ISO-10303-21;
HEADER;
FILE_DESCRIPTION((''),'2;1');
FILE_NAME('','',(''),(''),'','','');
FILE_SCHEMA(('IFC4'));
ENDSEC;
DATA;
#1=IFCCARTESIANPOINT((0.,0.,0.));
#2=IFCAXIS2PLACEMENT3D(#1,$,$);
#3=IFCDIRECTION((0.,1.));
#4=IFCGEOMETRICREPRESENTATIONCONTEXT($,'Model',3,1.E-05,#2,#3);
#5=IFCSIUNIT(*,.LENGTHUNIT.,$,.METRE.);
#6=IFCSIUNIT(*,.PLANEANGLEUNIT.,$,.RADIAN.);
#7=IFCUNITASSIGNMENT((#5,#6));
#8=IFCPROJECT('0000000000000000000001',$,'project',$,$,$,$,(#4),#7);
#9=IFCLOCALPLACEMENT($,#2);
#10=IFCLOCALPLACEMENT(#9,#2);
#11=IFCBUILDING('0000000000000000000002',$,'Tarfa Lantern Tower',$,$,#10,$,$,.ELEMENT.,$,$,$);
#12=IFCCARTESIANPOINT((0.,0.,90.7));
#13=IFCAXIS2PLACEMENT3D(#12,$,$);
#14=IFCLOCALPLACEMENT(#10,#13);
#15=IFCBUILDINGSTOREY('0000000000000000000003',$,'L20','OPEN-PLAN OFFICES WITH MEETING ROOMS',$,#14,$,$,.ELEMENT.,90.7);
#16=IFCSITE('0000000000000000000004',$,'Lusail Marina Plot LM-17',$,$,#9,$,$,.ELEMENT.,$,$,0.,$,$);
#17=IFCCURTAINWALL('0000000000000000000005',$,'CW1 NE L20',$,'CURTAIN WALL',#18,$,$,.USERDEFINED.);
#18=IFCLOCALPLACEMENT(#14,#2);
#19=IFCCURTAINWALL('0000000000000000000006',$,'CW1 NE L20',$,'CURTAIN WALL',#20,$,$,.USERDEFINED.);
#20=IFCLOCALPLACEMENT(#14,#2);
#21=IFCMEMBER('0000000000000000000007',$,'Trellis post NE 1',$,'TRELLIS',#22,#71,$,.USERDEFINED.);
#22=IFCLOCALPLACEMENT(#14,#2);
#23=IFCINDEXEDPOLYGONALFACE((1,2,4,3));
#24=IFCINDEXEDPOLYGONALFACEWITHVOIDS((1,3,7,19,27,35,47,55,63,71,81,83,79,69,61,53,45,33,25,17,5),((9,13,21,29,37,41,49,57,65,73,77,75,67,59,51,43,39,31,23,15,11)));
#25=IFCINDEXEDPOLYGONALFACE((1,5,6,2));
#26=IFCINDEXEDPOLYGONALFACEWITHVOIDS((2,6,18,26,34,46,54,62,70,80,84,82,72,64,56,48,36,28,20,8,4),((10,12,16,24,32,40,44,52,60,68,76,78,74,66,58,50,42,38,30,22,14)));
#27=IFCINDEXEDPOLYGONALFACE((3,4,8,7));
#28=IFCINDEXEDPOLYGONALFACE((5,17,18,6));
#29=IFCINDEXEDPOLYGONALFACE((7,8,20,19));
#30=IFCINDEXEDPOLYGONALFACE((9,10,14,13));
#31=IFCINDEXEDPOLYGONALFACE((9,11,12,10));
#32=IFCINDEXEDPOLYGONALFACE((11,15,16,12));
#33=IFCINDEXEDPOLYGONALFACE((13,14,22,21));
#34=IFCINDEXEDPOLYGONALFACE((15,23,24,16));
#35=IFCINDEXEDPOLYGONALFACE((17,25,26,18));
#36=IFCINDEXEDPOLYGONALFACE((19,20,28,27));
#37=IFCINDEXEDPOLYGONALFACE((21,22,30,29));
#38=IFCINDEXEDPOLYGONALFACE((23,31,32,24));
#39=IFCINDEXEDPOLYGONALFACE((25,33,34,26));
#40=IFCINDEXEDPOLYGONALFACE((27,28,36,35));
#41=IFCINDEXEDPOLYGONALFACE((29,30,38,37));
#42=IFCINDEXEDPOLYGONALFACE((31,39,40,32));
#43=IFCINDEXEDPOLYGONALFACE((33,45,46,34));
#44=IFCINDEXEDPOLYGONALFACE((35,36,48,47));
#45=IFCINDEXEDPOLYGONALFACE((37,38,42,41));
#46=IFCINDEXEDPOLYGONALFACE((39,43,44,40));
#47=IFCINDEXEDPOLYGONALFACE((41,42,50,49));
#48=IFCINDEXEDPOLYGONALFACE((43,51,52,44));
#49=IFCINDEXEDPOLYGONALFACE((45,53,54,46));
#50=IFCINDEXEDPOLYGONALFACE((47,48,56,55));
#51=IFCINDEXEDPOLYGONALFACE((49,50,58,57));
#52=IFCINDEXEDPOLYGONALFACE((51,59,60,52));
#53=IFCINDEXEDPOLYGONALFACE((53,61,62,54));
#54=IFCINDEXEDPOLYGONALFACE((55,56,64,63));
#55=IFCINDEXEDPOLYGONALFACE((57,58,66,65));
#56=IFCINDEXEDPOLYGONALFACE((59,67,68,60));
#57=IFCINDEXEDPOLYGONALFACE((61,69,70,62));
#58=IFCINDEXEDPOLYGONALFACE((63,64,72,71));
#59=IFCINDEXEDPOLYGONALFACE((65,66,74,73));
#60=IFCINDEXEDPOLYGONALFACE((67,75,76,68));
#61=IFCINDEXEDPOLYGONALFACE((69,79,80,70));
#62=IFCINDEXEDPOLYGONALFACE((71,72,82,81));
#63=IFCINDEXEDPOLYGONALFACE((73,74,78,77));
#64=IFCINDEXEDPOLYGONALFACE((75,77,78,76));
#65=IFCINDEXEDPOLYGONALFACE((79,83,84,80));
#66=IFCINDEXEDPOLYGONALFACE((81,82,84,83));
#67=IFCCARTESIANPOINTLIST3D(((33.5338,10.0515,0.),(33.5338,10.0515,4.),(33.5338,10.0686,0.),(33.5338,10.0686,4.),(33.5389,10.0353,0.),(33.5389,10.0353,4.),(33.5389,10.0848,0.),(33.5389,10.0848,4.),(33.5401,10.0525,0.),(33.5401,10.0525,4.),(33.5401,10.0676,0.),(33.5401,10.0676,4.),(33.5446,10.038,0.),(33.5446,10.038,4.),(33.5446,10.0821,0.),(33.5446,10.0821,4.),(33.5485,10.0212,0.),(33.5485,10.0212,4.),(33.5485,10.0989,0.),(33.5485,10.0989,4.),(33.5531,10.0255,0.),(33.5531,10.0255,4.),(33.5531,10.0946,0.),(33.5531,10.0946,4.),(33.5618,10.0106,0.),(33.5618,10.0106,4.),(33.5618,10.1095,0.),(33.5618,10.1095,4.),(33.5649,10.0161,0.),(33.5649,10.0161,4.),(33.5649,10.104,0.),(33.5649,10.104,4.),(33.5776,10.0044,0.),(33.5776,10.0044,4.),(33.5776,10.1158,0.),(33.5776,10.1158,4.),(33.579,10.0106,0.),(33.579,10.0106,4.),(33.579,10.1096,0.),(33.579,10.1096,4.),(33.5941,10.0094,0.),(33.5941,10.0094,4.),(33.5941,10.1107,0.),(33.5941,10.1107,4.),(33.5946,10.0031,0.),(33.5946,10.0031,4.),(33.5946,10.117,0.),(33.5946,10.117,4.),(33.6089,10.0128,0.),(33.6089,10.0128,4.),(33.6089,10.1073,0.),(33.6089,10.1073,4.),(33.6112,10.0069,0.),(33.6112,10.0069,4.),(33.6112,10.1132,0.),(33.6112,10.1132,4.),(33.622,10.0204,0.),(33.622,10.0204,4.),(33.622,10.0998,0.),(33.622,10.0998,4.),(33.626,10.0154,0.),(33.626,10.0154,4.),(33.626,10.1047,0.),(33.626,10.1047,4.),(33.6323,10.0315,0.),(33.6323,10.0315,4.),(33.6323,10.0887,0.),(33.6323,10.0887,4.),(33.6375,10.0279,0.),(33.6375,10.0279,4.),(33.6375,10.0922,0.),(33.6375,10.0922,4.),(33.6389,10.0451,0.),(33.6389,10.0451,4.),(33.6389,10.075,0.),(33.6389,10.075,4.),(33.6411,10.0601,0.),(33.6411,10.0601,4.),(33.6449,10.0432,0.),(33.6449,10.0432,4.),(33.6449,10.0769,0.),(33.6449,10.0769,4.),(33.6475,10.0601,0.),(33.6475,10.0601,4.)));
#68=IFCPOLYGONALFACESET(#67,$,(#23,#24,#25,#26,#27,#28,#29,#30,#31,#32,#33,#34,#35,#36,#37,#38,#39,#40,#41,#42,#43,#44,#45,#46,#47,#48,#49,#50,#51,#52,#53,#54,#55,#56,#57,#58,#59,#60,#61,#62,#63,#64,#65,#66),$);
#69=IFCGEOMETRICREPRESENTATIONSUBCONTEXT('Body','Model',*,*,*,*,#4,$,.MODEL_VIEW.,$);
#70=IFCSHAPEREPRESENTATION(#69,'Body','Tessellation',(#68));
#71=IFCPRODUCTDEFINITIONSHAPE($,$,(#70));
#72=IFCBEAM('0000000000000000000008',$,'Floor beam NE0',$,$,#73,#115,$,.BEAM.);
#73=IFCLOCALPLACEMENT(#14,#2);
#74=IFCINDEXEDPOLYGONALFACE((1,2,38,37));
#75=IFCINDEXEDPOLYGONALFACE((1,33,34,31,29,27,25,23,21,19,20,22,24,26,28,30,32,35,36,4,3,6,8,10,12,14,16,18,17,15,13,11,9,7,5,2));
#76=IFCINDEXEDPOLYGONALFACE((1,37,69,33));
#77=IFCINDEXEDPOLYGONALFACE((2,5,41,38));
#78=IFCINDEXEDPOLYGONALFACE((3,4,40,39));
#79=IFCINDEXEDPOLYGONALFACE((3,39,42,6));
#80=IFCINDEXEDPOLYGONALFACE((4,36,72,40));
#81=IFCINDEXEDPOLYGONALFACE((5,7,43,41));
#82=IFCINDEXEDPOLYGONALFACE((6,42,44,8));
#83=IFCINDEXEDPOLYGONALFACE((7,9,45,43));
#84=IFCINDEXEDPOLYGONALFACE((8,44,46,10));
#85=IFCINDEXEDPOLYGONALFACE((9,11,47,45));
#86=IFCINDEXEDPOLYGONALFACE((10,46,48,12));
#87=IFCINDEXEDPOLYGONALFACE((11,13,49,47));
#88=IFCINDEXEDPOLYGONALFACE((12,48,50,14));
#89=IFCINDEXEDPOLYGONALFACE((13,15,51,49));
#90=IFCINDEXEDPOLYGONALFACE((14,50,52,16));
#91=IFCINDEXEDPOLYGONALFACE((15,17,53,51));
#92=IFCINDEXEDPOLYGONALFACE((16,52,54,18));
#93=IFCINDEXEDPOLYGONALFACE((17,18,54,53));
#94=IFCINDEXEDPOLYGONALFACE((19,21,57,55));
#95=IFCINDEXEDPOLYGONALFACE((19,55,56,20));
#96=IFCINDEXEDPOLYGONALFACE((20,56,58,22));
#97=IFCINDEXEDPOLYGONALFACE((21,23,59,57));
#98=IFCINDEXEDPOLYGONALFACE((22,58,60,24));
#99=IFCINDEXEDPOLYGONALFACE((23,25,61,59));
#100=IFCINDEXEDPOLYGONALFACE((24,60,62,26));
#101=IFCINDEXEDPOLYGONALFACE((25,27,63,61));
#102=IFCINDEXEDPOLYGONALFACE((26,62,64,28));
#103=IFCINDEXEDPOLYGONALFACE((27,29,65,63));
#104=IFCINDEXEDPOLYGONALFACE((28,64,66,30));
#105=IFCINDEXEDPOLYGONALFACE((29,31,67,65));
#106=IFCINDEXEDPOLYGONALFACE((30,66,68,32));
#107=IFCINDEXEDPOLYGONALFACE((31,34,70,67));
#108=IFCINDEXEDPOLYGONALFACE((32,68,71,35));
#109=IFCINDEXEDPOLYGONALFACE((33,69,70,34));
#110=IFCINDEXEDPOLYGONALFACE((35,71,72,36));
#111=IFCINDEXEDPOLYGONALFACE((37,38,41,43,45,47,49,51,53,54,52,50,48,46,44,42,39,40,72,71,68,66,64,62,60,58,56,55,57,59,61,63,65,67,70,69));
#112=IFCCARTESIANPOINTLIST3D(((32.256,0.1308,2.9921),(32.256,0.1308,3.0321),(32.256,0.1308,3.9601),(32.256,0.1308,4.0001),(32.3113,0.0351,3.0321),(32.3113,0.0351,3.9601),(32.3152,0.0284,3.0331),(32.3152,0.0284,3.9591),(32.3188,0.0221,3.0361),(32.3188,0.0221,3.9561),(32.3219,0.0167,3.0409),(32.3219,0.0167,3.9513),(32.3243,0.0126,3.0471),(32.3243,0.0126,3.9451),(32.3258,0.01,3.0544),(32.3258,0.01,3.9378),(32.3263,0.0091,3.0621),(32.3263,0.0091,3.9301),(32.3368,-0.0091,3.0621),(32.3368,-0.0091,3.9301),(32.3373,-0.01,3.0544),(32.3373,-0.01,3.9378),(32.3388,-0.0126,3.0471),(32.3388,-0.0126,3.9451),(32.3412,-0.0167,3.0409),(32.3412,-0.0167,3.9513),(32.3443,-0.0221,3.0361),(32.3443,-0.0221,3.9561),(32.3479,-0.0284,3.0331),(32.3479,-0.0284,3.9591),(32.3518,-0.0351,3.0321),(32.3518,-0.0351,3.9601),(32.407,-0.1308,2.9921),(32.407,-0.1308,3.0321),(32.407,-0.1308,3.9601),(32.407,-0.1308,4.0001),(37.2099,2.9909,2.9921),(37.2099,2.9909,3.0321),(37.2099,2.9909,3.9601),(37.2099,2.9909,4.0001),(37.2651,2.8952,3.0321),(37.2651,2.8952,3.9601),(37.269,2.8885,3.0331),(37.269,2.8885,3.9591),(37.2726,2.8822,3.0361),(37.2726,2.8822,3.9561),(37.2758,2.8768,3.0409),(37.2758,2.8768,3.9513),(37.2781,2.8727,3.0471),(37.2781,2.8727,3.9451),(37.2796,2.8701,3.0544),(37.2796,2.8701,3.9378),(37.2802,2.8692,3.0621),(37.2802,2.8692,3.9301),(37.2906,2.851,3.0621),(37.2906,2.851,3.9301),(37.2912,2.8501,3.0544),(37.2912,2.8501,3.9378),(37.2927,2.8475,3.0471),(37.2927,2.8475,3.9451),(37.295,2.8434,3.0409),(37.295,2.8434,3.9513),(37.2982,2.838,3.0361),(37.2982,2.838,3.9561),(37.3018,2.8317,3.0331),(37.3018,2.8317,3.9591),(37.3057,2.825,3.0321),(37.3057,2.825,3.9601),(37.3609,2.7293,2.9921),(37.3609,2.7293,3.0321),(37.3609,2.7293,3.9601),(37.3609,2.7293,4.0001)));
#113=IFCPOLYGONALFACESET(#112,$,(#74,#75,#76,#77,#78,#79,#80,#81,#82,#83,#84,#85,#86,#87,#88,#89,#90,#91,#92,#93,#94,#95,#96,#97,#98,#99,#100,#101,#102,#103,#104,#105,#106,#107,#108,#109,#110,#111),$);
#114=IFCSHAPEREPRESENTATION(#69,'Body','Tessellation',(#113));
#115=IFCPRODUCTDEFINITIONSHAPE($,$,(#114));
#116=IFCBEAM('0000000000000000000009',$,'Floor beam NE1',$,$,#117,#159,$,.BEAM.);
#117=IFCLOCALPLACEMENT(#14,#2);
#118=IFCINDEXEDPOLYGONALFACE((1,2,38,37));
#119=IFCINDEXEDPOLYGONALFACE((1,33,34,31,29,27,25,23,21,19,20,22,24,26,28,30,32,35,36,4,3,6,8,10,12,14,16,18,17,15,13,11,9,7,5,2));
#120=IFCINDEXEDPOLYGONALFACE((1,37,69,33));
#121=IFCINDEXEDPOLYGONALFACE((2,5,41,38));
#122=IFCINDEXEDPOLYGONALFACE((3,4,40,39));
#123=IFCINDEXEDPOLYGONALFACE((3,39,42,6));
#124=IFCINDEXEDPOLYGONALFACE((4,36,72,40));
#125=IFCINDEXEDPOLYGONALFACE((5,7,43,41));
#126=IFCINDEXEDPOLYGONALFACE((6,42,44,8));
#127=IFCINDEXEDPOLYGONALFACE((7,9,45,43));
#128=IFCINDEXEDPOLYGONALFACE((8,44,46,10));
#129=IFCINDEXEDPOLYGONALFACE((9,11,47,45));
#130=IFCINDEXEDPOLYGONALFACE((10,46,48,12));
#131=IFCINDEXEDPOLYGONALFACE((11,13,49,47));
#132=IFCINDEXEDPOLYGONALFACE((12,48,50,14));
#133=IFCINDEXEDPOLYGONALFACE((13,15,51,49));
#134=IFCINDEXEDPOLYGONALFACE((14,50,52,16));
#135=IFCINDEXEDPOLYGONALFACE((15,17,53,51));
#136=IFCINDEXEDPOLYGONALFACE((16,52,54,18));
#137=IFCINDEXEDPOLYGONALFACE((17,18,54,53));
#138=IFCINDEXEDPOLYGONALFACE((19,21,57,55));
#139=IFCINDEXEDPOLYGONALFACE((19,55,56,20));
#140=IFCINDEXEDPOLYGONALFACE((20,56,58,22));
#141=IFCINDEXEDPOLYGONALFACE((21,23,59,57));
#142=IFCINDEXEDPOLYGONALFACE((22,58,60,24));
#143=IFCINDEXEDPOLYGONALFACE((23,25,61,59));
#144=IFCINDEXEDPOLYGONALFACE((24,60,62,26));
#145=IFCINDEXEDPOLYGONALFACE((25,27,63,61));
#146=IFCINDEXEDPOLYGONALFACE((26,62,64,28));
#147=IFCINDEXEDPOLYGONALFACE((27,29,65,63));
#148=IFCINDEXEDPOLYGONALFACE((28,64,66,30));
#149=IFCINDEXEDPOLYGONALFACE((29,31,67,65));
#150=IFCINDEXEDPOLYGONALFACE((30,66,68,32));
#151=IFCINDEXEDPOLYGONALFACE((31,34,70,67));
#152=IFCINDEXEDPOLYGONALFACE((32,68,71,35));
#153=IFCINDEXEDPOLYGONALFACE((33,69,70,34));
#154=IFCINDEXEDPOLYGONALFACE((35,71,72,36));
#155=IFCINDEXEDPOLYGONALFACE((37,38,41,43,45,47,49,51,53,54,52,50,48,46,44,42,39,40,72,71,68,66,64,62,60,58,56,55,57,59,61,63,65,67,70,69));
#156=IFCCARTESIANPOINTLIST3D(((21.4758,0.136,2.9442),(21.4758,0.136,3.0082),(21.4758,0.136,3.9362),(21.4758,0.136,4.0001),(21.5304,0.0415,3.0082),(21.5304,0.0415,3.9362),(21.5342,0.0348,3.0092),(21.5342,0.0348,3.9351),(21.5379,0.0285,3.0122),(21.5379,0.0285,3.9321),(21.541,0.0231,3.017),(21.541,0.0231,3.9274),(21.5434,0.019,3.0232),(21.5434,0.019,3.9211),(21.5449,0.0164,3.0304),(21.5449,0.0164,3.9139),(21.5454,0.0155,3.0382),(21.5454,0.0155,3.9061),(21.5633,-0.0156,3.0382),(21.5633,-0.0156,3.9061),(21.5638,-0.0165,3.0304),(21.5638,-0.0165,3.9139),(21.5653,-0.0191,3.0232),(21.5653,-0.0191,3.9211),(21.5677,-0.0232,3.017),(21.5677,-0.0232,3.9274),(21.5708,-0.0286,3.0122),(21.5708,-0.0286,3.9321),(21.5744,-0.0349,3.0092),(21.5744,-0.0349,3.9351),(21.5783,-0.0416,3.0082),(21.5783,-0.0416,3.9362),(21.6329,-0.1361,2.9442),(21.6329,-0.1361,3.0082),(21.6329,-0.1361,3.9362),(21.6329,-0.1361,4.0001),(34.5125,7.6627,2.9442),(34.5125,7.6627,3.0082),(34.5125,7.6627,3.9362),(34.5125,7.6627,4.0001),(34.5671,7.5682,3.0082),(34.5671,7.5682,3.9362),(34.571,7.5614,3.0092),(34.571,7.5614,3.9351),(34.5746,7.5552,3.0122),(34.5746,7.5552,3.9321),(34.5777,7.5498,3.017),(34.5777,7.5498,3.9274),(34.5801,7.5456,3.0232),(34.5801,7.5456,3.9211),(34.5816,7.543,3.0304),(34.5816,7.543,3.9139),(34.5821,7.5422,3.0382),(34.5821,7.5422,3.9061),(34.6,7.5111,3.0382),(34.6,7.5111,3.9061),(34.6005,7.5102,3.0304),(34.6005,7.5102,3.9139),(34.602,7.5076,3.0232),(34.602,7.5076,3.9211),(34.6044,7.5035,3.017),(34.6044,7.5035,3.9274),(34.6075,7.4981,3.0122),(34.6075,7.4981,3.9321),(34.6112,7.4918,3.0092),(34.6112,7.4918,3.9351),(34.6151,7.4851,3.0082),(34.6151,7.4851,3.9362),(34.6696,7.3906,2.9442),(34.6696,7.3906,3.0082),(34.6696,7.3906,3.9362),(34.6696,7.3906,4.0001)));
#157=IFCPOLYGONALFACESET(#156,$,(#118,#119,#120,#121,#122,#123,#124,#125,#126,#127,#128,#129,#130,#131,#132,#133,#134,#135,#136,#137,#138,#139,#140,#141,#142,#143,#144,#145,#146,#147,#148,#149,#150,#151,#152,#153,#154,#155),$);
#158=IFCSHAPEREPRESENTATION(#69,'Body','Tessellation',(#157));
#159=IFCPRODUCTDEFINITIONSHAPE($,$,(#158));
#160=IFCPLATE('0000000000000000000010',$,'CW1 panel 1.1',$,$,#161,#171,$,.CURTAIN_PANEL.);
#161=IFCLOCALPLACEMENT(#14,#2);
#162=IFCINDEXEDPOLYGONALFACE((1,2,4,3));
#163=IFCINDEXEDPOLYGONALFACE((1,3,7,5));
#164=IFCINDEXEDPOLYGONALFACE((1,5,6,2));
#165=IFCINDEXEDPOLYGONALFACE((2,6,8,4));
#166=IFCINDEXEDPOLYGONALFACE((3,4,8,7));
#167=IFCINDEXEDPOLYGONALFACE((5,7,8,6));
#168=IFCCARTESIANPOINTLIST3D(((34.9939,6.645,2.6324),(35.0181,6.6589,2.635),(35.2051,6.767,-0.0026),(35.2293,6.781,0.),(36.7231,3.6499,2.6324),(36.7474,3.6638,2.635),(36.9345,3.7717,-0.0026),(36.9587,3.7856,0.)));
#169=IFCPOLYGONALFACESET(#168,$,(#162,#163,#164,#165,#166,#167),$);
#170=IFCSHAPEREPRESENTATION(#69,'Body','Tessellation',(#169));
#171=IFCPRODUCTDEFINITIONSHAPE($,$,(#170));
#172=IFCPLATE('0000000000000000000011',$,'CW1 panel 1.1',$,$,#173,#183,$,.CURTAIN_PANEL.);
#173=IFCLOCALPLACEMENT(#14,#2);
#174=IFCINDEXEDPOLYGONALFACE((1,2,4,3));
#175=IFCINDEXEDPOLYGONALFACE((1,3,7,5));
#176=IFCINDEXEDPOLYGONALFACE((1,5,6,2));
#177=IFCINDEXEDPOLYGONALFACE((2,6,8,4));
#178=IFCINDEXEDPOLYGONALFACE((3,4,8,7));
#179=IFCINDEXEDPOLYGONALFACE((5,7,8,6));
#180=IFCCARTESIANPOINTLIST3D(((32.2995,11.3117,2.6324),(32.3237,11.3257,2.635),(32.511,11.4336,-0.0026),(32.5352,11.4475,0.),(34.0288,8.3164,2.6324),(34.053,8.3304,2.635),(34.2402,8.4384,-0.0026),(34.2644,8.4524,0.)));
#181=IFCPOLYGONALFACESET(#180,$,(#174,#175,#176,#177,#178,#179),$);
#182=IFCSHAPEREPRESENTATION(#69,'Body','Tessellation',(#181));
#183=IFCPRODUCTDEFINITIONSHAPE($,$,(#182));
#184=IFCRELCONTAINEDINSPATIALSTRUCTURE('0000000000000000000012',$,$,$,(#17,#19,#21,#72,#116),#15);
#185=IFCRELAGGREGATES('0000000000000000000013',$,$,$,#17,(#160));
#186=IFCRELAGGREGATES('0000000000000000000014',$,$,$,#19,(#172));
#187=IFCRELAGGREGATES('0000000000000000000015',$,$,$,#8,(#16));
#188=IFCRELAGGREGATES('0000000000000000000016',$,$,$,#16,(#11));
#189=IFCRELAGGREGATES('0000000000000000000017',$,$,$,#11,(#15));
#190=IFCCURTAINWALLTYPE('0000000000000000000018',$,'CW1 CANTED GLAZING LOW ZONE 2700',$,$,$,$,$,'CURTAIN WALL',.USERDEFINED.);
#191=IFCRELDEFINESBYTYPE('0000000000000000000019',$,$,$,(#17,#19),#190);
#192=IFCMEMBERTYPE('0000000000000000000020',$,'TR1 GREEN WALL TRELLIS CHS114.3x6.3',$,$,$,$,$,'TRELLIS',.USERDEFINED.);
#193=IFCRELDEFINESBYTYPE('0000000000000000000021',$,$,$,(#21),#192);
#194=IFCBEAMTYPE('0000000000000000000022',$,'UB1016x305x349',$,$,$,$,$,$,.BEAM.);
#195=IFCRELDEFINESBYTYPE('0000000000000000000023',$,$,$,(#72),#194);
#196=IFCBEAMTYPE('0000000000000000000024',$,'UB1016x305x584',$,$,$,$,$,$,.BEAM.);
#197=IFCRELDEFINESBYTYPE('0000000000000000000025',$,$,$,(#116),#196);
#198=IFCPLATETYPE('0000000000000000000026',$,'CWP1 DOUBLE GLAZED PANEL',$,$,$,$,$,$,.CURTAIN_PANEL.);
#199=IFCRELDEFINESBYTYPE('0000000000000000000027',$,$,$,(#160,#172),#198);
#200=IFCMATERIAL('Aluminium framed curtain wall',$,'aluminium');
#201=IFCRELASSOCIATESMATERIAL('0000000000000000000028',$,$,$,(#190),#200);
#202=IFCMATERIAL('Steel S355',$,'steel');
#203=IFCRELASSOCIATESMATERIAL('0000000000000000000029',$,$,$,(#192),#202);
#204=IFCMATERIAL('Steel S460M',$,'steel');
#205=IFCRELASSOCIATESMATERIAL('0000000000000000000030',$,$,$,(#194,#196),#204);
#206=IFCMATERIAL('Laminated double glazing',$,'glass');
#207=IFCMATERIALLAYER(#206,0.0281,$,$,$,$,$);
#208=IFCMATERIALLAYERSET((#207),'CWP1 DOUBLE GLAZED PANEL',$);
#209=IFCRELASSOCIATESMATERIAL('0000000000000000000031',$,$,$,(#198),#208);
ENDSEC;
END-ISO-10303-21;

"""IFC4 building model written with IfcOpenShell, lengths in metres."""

from ifc_helpers import new_model, si_unit, direction, frame, origin, origin_2d, place, context, subcontext, project, spatial, polyline, hollow_circle, i_section, outline, extrude, material, layer, layer_set, material_profile, profile_set, type_object, element, aggregate, save


model = new_model("IFC4")

# Units and contexts
model_context = context("Model", 3, precision=1e-05, world=origin(), true_north=direction((0.0, 1.0)))
body_context = subcontext(model_context, "Body", "Model", "MODEL_VIEW")
ifc_project = project(units=[si_unit("LENGTHUNIT", "METRE"), si_unit("PLANEANGLEUNIT", "RADIAN")], contexts=[model_context])

# Site, building, storey
site_placement = place(None, origin())
site = spatial("IfcSite", under=ifc_project, at=site_placement, Name="Lusail Marina Plot LM-17", CompositionType="ELEMENT", RefElevation=0.0)
building_placement = place(site_placement, origin())
building = spatial("IfcBuilding", under=site, at=building_placement, Name="Tarfa Lantern Tower", CompositionType="ELEMENT")
storey_placement = place(building_placement, frame((0.0, 0.0, 90.7)))
storey = spatial("IfcBuildingStorey", under=building, at=storey_placement, Name="L20", Description="OPEN-PLAN OFFICES WITH MEETING ROOMS", CompositionType="ELEMENT", Elevation=90.7)

# Curtain walls
ifc_material_1 = material(Name="Aluminium framed curtain wall", Category="aluminium")
curtain_wall_type = type_object("IfcCurtainWallType", Name="CW1 CANTED GLAZING LOW ZONE 2700", ElementType="CURTAIN WALL", PredefinedType="USERDEFINED", material=ifc_material_1)
curtain_wall_1_placement = place(storey_placement, origin())
curtain_wall_1 = element("IfcCurtainWall", 1, at=curtain_wall_1_placement, inside=storey, type_object=curtain_wall_type, Name="CW1 NE L20", ObjectType="CURTAIN WALL", PredefinedType="USERDEFINED")
curtain_wall_2_placement = place(storey_placement, origin())
curtain_wall_2 = element("IfcCurtainWall", 2, at=curtain_wall_2_placement, inside=storey, type_object=curtain_wall_type, Name="CW1 NE L20", ObjectType="CURTAIN WALL", PredefinedType="USERDEFINED")

# Member
ifc_material_2 = material(Name="Steel S355", Category="steel")
ifc_material_profile_1 = material_profile(ifc_material_2, hollow_circle(Radius=0.0571, WallThickness=0.0063, at=origin_2d()), Name="CHS114.3x6.3")
ifc_profile_set_1 = profile_set([ifc_material_profile_1], Name="Steel S355")
member_type_1 = type_object("IfcMemberType", Name="TR1 GREEN WALL TRELLIS CHS114.3x6.3", ElementType="TRELLIS", PredefinedType="USERDEFINED", material=ifc_profile_set_1)
member_1_placement = place(storey_placement, frame((33.5903, 10.0601, 0.0), z_axis=(0.0, 0.0, 1.0), x_axis=(1.0, 0.0, 0.0)))
element("IfcMember", 3, at=member_1_placement, inside=storey, type_object=member_type_1, Name="Trellis post NE 1", ObjectType="TRELLIS", PredefinedType="USERDEFINED", context=body_context, shape_type="SweptSolid", body=[
    extrude(hollow_circle(Radius=0.0571, WallThickness=0.0063, at=origin_2d()), origin(), (0.0, 0.0, 1.0), 4.0),
])

# Beams
ifc_material_3 = material(Name="Steel S460M", Category="steel")
ifc_material_profile_2 = material_profile(ifc_material_3, i_section(OverallWidth=0.302, OverallDepth=1.0081, WebThickness=0.021, FlangeThickness=0.04, FilletRadius=0.03, at=origin_2d()), Name="UB1016x305x349")
ifc_profile_set_2 = profile_set([ifc_material_profile_2], Name="Steel S460M")
beam_type_1 = type_object("IfcBeamType", Name="UB1016x305x349", PredefinedType="BEAM", material=ifc_profile_set_2)
beam_1_placement = place(storey_placement, frame((37.2854, 2.8601, 3.4961), z_axis=(-0.866026, -0.5, 0.0), x_axis=(0.5, -0.866026, 0.0)))
element("IfcBeam", 4, at=beam_1_placement, inside=storey, type_object=beam_type_1, Name="Floor beam NE0", PredefinedType="BEAM", context=body_context, shape_type="SweptSolid", body=[
    extrude(i_section(OverallWidth=0.302, OverallDepth=1.0081, WebThickness=0.021, FlangeThickness=0.04, FilletRadius=0.03, at=origin_2d()), origin(), (0.0, 0.0, 1.0), 5.7202),
])
ifc_material_profile_3 = material_profile(ifc_material_3, i_section(OverallWidth=0.3142, OverallDepth=1.0559, WebThickness=0.0359, FlangeThickness=0.064, FilletRadius=0.03, at=origin_2d()), Name="UB1016x305x584")
ifc_profile_set_3 = profile_set([ifc_material_profile_3], Name="Steel S460M")
beam_type_2 = type_object("IfcBeamType", Name="UB1016x305x584", PredefinedType="BEAM", material=ifc_profile_set_3)
beam_2_placement = place(storey_placement, frame((34.5911, 7.5266, 3.4722), z_axis=(-0.866028, -0.499996, 0.0), x_axis=(0.499996, -0.866028, 0.0)))
element("IfcBeam", 5, at=beam_2_placement, inside=storey, type_object=beam_type_2, Name="Floor beam NE1", PredefinedType="BEAM", context=body_context, shape_type="SweptSolid", body=[
    extrude(i_section(OverallWidth=0.3142, OverallDepth=1.0559, WebThickness=0.0359, FlangeThickness=0.064, FilletRadius=0.03, at=origin_2d()), origin(), (0.0, 0.0, 1.0), 15.0535),
])

# Plates
ifc_material_4 = material(Name="Laminated double glazing", Category="glass")
ifc_layer_1 = layer(ifc_material_4, 0.0281)
ifc_layer_set_1 = layer_set([ifc_layer_1], Name="CWP1 DOUBLE GLAZED PANEL")
plate_type = type_object("IfcPlateType", Name="CWP1 DOUBLE GLAZED PANEL", PredefinedType="CURTAIN_PANEL", material=ifc_layer_set_1)
plate_1_placement = place(storey_placement, frame((36.9587, 3.7856, 0.0), z_axis=(0.862329, 0.497885, 0.092193), x_axis=(-0.500015, 0.866017, 0.000001)))
plate_1 = element("IfcPlate", 6, at=plate_1_placement, type_object=plate_type, Name="CW1 panel 1.1", PredefinedType="CURTAIN_PANEL", context=body_context, shape_type="SweptSolid", body=[
    extrude(outline(polyline([(0.0, 0.0), (3.4588, 0.0), (3.4587, 2.6463), (0.0002, 2.6463), (0.0, 0.0)])), origin(), (0.0, 0.0, -1.0), 0.0281),
])
aggregate(curtain_wall_1, [plate_1])
plate_2_placement = place(storey_placement, frame((34.2644, 8.4524, 0.0), z_axis=(0.862341, 0.497857, 0.092233), x_axis=(-0.499988, 0.866032, 0.000002)))
plate_2 = element("IfcPlate", 7, at=plate_2_placement, type_object=plate_type, Name="CW1 panel 1.1", PredefinedType="CURTAIN_PANEL", context=body_context, shape_type="SweptSolid", body=[
    extrude(outline(polyline([(0.0, 0.0), (3.4585, 0.0), (3.4587, 2.6463), (0.0, 2.6463), (0.0, 0.0)])), origin(), (0.0, 0.0, -1.0), 0.0281),
])
aggregate(curtain_wall_2, [plate_2])

save(model, "model.ifc")
